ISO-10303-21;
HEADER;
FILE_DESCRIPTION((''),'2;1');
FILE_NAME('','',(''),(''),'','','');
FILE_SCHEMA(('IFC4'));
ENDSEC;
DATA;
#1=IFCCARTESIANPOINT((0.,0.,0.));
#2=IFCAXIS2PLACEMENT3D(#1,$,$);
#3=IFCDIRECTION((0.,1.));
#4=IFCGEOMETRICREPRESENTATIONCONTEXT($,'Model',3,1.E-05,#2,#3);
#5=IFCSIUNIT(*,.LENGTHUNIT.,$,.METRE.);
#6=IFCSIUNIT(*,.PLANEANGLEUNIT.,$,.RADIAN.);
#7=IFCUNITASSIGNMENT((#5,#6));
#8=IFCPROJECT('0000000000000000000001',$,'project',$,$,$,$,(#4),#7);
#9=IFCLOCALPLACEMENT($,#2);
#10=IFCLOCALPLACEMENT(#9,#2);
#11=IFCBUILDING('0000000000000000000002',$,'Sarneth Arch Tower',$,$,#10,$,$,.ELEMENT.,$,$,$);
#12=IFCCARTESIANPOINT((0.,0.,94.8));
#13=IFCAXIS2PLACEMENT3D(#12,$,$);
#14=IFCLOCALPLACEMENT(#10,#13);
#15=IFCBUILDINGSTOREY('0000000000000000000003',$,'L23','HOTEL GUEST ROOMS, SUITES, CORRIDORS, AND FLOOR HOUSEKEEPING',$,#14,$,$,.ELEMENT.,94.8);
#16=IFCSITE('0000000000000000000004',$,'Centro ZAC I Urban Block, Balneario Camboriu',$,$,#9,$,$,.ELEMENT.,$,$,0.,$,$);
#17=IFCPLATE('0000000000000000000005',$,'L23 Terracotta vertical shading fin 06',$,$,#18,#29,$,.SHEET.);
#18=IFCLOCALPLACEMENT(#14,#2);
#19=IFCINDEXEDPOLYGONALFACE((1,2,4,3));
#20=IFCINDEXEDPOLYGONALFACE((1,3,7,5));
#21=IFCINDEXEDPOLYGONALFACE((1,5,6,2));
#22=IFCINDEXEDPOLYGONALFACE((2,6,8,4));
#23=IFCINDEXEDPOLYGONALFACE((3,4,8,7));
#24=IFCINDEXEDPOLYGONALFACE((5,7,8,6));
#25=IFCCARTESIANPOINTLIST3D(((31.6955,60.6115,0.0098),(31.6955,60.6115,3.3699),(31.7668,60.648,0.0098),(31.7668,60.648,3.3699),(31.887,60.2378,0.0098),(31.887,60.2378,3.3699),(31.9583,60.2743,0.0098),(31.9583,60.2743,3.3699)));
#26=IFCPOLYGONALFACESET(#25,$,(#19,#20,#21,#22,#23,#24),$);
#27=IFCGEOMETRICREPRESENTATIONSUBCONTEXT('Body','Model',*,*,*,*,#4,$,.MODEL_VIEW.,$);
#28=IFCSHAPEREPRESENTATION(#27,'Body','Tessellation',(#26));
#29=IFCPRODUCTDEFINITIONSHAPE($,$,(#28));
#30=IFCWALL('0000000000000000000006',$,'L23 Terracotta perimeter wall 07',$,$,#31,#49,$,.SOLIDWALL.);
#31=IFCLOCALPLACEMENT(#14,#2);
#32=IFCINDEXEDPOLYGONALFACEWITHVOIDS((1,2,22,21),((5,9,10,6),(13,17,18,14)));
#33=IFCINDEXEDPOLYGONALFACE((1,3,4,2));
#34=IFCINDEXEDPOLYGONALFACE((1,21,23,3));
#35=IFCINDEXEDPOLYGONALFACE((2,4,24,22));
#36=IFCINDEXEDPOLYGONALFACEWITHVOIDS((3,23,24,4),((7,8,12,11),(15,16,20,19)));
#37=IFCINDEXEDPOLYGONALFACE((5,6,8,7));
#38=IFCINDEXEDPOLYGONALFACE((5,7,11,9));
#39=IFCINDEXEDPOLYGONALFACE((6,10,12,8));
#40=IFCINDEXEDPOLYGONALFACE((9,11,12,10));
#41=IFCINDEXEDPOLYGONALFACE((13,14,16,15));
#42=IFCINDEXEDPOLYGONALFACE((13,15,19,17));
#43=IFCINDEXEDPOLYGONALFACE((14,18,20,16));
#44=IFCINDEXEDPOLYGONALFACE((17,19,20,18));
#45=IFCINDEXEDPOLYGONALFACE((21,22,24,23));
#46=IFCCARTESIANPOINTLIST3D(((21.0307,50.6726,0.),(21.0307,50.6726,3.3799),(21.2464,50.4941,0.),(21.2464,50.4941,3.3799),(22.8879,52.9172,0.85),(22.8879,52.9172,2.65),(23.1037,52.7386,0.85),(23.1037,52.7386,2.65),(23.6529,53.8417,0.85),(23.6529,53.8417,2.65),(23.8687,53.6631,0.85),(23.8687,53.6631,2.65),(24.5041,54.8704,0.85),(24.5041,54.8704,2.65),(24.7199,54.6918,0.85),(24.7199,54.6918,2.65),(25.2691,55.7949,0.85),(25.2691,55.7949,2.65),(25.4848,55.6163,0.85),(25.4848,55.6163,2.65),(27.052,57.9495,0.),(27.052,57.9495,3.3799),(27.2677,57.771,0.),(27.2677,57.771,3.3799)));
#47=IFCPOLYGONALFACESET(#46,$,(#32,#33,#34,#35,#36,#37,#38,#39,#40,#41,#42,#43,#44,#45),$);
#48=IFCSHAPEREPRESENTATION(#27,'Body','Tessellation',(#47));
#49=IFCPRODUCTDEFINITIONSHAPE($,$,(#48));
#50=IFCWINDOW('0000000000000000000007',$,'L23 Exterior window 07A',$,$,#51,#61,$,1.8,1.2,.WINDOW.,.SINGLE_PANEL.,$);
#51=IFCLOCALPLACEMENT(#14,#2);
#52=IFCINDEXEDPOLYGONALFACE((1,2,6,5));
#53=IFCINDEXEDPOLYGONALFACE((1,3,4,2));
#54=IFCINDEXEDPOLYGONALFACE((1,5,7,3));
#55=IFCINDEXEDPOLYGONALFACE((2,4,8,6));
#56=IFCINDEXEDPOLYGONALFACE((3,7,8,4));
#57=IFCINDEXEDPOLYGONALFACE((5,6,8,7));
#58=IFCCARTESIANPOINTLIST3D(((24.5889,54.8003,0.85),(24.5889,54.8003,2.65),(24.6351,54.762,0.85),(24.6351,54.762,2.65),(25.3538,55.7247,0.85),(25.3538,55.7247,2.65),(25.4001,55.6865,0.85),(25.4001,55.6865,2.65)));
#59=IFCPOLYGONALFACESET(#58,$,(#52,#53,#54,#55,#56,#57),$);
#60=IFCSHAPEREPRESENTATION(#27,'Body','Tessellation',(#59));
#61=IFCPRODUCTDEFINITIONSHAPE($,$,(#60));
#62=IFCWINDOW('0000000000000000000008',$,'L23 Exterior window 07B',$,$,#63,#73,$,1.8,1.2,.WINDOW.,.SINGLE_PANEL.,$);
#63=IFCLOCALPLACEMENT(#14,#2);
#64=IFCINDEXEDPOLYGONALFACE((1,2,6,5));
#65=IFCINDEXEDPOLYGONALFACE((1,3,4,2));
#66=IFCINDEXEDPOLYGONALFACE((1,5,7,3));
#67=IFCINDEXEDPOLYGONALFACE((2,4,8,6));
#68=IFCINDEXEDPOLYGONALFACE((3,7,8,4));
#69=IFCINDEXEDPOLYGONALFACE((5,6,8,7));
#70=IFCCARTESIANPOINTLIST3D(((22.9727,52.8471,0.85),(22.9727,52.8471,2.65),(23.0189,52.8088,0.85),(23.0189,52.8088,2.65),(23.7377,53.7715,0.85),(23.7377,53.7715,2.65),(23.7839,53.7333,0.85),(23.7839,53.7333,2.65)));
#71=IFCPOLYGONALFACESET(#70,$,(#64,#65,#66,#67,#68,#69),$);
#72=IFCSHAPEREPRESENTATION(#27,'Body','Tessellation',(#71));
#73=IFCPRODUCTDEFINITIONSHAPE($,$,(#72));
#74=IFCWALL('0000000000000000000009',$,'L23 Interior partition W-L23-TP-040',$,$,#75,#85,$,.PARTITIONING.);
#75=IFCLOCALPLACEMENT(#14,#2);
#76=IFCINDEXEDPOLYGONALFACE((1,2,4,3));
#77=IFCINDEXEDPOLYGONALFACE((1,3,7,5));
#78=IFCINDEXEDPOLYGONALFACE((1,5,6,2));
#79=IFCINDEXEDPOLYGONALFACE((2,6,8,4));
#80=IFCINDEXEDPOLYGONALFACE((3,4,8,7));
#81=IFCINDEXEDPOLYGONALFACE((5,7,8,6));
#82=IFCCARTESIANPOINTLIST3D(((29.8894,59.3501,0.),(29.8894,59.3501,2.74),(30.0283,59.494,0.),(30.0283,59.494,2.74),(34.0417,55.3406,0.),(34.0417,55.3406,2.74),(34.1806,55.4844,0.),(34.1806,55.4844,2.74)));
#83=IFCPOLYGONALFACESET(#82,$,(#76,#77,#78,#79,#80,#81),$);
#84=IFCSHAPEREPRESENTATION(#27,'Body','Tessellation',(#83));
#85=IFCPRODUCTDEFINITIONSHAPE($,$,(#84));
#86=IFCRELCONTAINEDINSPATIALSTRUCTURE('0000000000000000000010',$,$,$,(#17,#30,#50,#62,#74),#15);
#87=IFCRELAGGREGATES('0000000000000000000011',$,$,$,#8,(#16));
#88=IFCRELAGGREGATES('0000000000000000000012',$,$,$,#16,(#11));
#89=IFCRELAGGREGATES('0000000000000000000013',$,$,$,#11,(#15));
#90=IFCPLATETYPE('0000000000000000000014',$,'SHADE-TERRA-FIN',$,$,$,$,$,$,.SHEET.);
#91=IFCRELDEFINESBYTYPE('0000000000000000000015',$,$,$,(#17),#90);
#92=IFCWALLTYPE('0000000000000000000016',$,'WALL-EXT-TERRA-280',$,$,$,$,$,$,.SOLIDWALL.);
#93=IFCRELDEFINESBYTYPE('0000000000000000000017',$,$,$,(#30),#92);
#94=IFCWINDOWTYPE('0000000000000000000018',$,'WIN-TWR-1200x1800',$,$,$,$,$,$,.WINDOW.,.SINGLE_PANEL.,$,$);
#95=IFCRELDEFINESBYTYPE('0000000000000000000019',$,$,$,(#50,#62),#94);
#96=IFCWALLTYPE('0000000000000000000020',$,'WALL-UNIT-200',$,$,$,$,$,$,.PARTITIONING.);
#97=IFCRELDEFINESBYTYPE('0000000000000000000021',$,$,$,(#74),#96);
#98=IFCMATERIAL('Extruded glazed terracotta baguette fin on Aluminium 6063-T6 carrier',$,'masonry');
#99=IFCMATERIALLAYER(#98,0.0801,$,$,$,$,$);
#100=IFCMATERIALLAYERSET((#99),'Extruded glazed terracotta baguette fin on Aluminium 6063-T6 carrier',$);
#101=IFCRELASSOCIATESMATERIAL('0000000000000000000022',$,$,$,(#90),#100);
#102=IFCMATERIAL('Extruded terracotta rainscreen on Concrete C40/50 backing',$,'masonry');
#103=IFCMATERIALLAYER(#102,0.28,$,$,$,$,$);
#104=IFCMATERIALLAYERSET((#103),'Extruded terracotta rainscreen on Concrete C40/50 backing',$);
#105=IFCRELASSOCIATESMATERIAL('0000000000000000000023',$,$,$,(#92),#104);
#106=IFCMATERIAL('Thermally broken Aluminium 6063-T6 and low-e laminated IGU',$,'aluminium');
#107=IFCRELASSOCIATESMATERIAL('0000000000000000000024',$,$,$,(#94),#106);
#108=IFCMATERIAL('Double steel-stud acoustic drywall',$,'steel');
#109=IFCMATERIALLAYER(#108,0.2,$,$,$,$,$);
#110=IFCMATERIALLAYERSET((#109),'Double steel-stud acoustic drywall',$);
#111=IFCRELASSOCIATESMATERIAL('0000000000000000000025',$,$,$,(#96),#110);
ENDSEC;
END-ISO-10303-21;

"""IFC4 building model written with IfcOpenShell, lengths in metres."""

from ifc_helpers import new_model, si_unit, direction, frame, frame_2d, origin, origin_2d, place, context, subcontext, project, spatial, rectangle, extrude, material, layer, layer_set, type_object, element, fill, save


model = new_model("IFC4")

# Units and contexts
model_context = context("Model", 3, precision=1e-05, world=origin(), true_north=direction((0.0, 1.0)))
body_context = subcontext(model_context, "Body", "Model", "MODEL_VIEW")
ifc_project = project(units=[si_unit("LENGTHUNIT", "METRE"), si_unit("PLANEANGLEUNIT", "RADIAN")], contexts=[model_context])

# Site, building, storey
site_placement = place(None, origin())
site = spatial("IfcSite", under=ifc_project, at=site_placement, Name="Centro ZAC I Urban Block, Balneario Camboriu", CompositionType="ELEMENT", RefElevation=0.0)
building_placement = place(site_placement, origin())
building = spatial("IfcBuilding", under=site, at=building_placement, Name="Sarneth Arch Tower", CompositionType="ELEMENT")
storey_placement = place(building_placement, frame((0.0, 0.0, 94.8)))
storey = spatial("IfcBuildingStorey", under=building, at=storey_placement, Name="L23", Description="HOTEL GUEST ROOMS, SUITES, CORRIDORS, AND FLOOR HOUSEKEEPING", CompositionType="ELEMENT", Elevation=94.8)

# Plate
ifc_material_1 = material(Name="Extruded glazed terracotta baguette fin on Aluminium 6063-T6 carrier", Category="masonry")
ifc_layer_1 = layer(ifc_material_1, 0.0801)
ifc_layer_set_1 = layer_set([ifc_layer_1], Name="Extruded glazed terracotta baguette fin on Aluminium 6063-T6 carrier")
plate_type_1 = type_object("IfcPlateType", Name="SHADE-TERRA-FIN", PredefinedType="SHEET", material=ifc_layer_set_1)
plate_1_placement = place(storey_placement, frame((31.8269, 60.4429, 0.0098), z_axis=(0.0, 0.0, 1.0), x_axis=(-0.456011, 0.889974, 0.0)))
element("IfcPlate", 1, at=plate_1_placement, inside=storey, type_object=plate_type_1, Name="L23 Terracotta vertical shading fin 06", PredefinedType="SHEET", context=body_context, shape_type="SweptSolid", body=[
    extrude(rectangle(XDim=0.4199, YDim=0.0801, at=origin_2d()), origin(), (0.0, 0.0, 1.0), 3.3601),
])

# Wall, openings, windows
ifc_material_2 = material(Name="Extruded terracotta rainscreen on Concrete C40/50 backing", Category="masonry")
ifc_layer_2 = layer(ifc_material_2, 0.28)
ifc_layer_set_2 = layer_set([ifc_layer_2], Name="Extruded terracotta rainscreen on Concrete C40/50 backing")
wall_type_1 = type_object("IfcWallType", Name="WALL-EXT-TERRA-280", PredefinedType="SOLIDWALL", material=ifc_layer_set_2)
wall_1_placement = place(storey_placement, frame((27.1599, 57.8604, 0.0), z_axis=(0.0, 0.0, 1.0), x_axis=(-0.637506, -0.770446, 0.0)))
wall_1 = element("IfcWall", 2, at=wall_1_placement, inside=storey, type_object=wall_type_1, Name="L23 Terracotta perimeter wall 07", PredefinedType="SOLIDWALL", context=body_context, shape_type="SweptSolid", body=[
    extrude(rectangle(XDim=9.4451, YDim=0.28, at=frame_2d((4.7227, 0.0))), origin(), (0.0, 0.0, 1.0), 3.3799),
])
opening_1_placement = place(wall_1_placement, frame((2.7966, 0.0, 0.8501)))
opening_1 = element("IfcOpeningElement", 3, at=opening_1_placement, cuts=wall_1, PredefinedType="OPENING", context=body_context, shape_type="SweptSolid", body=[
    extrude(rectangle(XDim=1.2, YDim=1.8, at=frame_2d((0.6001, 0.8999))), frame((0.0, 0.1499, 0.0), z_axis=(0.0, -1.0, 0.0), x_axis=(1.0, 0.0, 0.0)), (0.0, 0.0, 1.0), 0.3),
])
opening_2_placement = place(wall_1_placement, frame((5.3318, 0.0, 0.8501)))
opening_2 = element("IfcOpeningElement", 4, at=opening_2_placement, cuts=wall_1, PredefinedType="OPENING", context=body_context, shape_type="SweptSolid", body=[
    extrude(rectangle(XDim=1.2, YDim=1.8, at=frame_2d((0.6001, 0.8999))), frame((0.0, 0.1499, 0.0), z_axis=(0.0, -1.0, 0.0), x_axis=(1.0, 0.0, 0.0)), (0.0, 0.0, 1.0), 0.3),
])
ifc_material_3 = material(Name="Thermally broken Aluminium 6063-T6 and low-e laminated IGU", Category="aluminium")
window_type = type_object("IfcWindowType", Name="WIN-TWR-1200x1800", PartitioningType="SINGLE_PANEL", PredefinedType="WINDOW", material=ifc_material_3)
window_1_placement = place(opening_1_placement, origin())
window_1 = element("IfcWindow", 5, at=window_1_placement, inside=storey, type_object=window_type, Name="L23 Exterior window 07A", OverallHeight=1.8, OverallWidth=1.2, PartitioningType="SINGLE_PANEL", PredefinedType="WINDOW", context=body_context, shape_type="SweptSolid", body=[
    extrude(rectangle(XDim=1.2, YDim=1.8, at=frame_2d((0.6001, 0.8999))), frame((0.0, 0.03, 0.0), z_axis=(0.0, -1.0, 0.0), x_axis=(1.0, 0.0, 0.0)), (0.0, 0.0, 1.0), 0.0601),
])
fill(opening_1, window_1)
window_2_placement = place(opening_2_placement, origin())
window_2 = element("IfcWindow", 6, at=window_2_placement, inside=storey, type_object=window_type, Name="L23 Exterior window 07B", OverallHeight=1.8, OverallWidth=1.2, PartitioningType="SINGLE_PANEL", PredefinedType="WINDOW", context=body_context, shape_type="SweptSolid", body=[
    extrude(rectangle(XDim=1.2, YDim=1.8, at=frame_2d((0.6001, 0.8999))), frame((0.0, 0.03, 0.0), z_axis=(0.0, -1.0, 0.0), x_axis=(1.0, 0.0, 0.0)), (0.0, 0.0, 1.0), 0.0601),
])
fill(opening_2, window_2)

# Wall
ifc_material_4 = material(Name="Double steel-stud acoustic drywall", Category="steel")
ifc_layer_3 = layer(ifc_material_4, 0.2)
ifc_layer_set_3 = layer_set([ifc_layer_3], Name="Double steel-stud acoustic drywall")
wall_type_2 = type_object("IfcWallType", Name="WALL-UNIT-200", PredefinedType="PARTITIONING", material=ifc_layer_set_3)
wall_2_placement = place(storey_placement, frame((29.9587, 59.4221, 0.0), z_axis=(0.0, 0.0, 1.0), x_axis=(0.71937, -0.694627, 0.0)))
element("IfcWall", 7, at=wall_2_placement, inside=storey, type_object=wall_type_2, Name="L23 Interior partition W-L23-TP-040", PredefinedType="PARTITIONING", context=body_context, shape_type="SweptSolid", body=[
    extrude(rectangle(XDim=5.7722, YDim=0.2, at=frame_2d((2.8862, 0.0))), origin(), (0.0, 0.0, 1.0), 2.74),
])

save(model, "model.ifc")
